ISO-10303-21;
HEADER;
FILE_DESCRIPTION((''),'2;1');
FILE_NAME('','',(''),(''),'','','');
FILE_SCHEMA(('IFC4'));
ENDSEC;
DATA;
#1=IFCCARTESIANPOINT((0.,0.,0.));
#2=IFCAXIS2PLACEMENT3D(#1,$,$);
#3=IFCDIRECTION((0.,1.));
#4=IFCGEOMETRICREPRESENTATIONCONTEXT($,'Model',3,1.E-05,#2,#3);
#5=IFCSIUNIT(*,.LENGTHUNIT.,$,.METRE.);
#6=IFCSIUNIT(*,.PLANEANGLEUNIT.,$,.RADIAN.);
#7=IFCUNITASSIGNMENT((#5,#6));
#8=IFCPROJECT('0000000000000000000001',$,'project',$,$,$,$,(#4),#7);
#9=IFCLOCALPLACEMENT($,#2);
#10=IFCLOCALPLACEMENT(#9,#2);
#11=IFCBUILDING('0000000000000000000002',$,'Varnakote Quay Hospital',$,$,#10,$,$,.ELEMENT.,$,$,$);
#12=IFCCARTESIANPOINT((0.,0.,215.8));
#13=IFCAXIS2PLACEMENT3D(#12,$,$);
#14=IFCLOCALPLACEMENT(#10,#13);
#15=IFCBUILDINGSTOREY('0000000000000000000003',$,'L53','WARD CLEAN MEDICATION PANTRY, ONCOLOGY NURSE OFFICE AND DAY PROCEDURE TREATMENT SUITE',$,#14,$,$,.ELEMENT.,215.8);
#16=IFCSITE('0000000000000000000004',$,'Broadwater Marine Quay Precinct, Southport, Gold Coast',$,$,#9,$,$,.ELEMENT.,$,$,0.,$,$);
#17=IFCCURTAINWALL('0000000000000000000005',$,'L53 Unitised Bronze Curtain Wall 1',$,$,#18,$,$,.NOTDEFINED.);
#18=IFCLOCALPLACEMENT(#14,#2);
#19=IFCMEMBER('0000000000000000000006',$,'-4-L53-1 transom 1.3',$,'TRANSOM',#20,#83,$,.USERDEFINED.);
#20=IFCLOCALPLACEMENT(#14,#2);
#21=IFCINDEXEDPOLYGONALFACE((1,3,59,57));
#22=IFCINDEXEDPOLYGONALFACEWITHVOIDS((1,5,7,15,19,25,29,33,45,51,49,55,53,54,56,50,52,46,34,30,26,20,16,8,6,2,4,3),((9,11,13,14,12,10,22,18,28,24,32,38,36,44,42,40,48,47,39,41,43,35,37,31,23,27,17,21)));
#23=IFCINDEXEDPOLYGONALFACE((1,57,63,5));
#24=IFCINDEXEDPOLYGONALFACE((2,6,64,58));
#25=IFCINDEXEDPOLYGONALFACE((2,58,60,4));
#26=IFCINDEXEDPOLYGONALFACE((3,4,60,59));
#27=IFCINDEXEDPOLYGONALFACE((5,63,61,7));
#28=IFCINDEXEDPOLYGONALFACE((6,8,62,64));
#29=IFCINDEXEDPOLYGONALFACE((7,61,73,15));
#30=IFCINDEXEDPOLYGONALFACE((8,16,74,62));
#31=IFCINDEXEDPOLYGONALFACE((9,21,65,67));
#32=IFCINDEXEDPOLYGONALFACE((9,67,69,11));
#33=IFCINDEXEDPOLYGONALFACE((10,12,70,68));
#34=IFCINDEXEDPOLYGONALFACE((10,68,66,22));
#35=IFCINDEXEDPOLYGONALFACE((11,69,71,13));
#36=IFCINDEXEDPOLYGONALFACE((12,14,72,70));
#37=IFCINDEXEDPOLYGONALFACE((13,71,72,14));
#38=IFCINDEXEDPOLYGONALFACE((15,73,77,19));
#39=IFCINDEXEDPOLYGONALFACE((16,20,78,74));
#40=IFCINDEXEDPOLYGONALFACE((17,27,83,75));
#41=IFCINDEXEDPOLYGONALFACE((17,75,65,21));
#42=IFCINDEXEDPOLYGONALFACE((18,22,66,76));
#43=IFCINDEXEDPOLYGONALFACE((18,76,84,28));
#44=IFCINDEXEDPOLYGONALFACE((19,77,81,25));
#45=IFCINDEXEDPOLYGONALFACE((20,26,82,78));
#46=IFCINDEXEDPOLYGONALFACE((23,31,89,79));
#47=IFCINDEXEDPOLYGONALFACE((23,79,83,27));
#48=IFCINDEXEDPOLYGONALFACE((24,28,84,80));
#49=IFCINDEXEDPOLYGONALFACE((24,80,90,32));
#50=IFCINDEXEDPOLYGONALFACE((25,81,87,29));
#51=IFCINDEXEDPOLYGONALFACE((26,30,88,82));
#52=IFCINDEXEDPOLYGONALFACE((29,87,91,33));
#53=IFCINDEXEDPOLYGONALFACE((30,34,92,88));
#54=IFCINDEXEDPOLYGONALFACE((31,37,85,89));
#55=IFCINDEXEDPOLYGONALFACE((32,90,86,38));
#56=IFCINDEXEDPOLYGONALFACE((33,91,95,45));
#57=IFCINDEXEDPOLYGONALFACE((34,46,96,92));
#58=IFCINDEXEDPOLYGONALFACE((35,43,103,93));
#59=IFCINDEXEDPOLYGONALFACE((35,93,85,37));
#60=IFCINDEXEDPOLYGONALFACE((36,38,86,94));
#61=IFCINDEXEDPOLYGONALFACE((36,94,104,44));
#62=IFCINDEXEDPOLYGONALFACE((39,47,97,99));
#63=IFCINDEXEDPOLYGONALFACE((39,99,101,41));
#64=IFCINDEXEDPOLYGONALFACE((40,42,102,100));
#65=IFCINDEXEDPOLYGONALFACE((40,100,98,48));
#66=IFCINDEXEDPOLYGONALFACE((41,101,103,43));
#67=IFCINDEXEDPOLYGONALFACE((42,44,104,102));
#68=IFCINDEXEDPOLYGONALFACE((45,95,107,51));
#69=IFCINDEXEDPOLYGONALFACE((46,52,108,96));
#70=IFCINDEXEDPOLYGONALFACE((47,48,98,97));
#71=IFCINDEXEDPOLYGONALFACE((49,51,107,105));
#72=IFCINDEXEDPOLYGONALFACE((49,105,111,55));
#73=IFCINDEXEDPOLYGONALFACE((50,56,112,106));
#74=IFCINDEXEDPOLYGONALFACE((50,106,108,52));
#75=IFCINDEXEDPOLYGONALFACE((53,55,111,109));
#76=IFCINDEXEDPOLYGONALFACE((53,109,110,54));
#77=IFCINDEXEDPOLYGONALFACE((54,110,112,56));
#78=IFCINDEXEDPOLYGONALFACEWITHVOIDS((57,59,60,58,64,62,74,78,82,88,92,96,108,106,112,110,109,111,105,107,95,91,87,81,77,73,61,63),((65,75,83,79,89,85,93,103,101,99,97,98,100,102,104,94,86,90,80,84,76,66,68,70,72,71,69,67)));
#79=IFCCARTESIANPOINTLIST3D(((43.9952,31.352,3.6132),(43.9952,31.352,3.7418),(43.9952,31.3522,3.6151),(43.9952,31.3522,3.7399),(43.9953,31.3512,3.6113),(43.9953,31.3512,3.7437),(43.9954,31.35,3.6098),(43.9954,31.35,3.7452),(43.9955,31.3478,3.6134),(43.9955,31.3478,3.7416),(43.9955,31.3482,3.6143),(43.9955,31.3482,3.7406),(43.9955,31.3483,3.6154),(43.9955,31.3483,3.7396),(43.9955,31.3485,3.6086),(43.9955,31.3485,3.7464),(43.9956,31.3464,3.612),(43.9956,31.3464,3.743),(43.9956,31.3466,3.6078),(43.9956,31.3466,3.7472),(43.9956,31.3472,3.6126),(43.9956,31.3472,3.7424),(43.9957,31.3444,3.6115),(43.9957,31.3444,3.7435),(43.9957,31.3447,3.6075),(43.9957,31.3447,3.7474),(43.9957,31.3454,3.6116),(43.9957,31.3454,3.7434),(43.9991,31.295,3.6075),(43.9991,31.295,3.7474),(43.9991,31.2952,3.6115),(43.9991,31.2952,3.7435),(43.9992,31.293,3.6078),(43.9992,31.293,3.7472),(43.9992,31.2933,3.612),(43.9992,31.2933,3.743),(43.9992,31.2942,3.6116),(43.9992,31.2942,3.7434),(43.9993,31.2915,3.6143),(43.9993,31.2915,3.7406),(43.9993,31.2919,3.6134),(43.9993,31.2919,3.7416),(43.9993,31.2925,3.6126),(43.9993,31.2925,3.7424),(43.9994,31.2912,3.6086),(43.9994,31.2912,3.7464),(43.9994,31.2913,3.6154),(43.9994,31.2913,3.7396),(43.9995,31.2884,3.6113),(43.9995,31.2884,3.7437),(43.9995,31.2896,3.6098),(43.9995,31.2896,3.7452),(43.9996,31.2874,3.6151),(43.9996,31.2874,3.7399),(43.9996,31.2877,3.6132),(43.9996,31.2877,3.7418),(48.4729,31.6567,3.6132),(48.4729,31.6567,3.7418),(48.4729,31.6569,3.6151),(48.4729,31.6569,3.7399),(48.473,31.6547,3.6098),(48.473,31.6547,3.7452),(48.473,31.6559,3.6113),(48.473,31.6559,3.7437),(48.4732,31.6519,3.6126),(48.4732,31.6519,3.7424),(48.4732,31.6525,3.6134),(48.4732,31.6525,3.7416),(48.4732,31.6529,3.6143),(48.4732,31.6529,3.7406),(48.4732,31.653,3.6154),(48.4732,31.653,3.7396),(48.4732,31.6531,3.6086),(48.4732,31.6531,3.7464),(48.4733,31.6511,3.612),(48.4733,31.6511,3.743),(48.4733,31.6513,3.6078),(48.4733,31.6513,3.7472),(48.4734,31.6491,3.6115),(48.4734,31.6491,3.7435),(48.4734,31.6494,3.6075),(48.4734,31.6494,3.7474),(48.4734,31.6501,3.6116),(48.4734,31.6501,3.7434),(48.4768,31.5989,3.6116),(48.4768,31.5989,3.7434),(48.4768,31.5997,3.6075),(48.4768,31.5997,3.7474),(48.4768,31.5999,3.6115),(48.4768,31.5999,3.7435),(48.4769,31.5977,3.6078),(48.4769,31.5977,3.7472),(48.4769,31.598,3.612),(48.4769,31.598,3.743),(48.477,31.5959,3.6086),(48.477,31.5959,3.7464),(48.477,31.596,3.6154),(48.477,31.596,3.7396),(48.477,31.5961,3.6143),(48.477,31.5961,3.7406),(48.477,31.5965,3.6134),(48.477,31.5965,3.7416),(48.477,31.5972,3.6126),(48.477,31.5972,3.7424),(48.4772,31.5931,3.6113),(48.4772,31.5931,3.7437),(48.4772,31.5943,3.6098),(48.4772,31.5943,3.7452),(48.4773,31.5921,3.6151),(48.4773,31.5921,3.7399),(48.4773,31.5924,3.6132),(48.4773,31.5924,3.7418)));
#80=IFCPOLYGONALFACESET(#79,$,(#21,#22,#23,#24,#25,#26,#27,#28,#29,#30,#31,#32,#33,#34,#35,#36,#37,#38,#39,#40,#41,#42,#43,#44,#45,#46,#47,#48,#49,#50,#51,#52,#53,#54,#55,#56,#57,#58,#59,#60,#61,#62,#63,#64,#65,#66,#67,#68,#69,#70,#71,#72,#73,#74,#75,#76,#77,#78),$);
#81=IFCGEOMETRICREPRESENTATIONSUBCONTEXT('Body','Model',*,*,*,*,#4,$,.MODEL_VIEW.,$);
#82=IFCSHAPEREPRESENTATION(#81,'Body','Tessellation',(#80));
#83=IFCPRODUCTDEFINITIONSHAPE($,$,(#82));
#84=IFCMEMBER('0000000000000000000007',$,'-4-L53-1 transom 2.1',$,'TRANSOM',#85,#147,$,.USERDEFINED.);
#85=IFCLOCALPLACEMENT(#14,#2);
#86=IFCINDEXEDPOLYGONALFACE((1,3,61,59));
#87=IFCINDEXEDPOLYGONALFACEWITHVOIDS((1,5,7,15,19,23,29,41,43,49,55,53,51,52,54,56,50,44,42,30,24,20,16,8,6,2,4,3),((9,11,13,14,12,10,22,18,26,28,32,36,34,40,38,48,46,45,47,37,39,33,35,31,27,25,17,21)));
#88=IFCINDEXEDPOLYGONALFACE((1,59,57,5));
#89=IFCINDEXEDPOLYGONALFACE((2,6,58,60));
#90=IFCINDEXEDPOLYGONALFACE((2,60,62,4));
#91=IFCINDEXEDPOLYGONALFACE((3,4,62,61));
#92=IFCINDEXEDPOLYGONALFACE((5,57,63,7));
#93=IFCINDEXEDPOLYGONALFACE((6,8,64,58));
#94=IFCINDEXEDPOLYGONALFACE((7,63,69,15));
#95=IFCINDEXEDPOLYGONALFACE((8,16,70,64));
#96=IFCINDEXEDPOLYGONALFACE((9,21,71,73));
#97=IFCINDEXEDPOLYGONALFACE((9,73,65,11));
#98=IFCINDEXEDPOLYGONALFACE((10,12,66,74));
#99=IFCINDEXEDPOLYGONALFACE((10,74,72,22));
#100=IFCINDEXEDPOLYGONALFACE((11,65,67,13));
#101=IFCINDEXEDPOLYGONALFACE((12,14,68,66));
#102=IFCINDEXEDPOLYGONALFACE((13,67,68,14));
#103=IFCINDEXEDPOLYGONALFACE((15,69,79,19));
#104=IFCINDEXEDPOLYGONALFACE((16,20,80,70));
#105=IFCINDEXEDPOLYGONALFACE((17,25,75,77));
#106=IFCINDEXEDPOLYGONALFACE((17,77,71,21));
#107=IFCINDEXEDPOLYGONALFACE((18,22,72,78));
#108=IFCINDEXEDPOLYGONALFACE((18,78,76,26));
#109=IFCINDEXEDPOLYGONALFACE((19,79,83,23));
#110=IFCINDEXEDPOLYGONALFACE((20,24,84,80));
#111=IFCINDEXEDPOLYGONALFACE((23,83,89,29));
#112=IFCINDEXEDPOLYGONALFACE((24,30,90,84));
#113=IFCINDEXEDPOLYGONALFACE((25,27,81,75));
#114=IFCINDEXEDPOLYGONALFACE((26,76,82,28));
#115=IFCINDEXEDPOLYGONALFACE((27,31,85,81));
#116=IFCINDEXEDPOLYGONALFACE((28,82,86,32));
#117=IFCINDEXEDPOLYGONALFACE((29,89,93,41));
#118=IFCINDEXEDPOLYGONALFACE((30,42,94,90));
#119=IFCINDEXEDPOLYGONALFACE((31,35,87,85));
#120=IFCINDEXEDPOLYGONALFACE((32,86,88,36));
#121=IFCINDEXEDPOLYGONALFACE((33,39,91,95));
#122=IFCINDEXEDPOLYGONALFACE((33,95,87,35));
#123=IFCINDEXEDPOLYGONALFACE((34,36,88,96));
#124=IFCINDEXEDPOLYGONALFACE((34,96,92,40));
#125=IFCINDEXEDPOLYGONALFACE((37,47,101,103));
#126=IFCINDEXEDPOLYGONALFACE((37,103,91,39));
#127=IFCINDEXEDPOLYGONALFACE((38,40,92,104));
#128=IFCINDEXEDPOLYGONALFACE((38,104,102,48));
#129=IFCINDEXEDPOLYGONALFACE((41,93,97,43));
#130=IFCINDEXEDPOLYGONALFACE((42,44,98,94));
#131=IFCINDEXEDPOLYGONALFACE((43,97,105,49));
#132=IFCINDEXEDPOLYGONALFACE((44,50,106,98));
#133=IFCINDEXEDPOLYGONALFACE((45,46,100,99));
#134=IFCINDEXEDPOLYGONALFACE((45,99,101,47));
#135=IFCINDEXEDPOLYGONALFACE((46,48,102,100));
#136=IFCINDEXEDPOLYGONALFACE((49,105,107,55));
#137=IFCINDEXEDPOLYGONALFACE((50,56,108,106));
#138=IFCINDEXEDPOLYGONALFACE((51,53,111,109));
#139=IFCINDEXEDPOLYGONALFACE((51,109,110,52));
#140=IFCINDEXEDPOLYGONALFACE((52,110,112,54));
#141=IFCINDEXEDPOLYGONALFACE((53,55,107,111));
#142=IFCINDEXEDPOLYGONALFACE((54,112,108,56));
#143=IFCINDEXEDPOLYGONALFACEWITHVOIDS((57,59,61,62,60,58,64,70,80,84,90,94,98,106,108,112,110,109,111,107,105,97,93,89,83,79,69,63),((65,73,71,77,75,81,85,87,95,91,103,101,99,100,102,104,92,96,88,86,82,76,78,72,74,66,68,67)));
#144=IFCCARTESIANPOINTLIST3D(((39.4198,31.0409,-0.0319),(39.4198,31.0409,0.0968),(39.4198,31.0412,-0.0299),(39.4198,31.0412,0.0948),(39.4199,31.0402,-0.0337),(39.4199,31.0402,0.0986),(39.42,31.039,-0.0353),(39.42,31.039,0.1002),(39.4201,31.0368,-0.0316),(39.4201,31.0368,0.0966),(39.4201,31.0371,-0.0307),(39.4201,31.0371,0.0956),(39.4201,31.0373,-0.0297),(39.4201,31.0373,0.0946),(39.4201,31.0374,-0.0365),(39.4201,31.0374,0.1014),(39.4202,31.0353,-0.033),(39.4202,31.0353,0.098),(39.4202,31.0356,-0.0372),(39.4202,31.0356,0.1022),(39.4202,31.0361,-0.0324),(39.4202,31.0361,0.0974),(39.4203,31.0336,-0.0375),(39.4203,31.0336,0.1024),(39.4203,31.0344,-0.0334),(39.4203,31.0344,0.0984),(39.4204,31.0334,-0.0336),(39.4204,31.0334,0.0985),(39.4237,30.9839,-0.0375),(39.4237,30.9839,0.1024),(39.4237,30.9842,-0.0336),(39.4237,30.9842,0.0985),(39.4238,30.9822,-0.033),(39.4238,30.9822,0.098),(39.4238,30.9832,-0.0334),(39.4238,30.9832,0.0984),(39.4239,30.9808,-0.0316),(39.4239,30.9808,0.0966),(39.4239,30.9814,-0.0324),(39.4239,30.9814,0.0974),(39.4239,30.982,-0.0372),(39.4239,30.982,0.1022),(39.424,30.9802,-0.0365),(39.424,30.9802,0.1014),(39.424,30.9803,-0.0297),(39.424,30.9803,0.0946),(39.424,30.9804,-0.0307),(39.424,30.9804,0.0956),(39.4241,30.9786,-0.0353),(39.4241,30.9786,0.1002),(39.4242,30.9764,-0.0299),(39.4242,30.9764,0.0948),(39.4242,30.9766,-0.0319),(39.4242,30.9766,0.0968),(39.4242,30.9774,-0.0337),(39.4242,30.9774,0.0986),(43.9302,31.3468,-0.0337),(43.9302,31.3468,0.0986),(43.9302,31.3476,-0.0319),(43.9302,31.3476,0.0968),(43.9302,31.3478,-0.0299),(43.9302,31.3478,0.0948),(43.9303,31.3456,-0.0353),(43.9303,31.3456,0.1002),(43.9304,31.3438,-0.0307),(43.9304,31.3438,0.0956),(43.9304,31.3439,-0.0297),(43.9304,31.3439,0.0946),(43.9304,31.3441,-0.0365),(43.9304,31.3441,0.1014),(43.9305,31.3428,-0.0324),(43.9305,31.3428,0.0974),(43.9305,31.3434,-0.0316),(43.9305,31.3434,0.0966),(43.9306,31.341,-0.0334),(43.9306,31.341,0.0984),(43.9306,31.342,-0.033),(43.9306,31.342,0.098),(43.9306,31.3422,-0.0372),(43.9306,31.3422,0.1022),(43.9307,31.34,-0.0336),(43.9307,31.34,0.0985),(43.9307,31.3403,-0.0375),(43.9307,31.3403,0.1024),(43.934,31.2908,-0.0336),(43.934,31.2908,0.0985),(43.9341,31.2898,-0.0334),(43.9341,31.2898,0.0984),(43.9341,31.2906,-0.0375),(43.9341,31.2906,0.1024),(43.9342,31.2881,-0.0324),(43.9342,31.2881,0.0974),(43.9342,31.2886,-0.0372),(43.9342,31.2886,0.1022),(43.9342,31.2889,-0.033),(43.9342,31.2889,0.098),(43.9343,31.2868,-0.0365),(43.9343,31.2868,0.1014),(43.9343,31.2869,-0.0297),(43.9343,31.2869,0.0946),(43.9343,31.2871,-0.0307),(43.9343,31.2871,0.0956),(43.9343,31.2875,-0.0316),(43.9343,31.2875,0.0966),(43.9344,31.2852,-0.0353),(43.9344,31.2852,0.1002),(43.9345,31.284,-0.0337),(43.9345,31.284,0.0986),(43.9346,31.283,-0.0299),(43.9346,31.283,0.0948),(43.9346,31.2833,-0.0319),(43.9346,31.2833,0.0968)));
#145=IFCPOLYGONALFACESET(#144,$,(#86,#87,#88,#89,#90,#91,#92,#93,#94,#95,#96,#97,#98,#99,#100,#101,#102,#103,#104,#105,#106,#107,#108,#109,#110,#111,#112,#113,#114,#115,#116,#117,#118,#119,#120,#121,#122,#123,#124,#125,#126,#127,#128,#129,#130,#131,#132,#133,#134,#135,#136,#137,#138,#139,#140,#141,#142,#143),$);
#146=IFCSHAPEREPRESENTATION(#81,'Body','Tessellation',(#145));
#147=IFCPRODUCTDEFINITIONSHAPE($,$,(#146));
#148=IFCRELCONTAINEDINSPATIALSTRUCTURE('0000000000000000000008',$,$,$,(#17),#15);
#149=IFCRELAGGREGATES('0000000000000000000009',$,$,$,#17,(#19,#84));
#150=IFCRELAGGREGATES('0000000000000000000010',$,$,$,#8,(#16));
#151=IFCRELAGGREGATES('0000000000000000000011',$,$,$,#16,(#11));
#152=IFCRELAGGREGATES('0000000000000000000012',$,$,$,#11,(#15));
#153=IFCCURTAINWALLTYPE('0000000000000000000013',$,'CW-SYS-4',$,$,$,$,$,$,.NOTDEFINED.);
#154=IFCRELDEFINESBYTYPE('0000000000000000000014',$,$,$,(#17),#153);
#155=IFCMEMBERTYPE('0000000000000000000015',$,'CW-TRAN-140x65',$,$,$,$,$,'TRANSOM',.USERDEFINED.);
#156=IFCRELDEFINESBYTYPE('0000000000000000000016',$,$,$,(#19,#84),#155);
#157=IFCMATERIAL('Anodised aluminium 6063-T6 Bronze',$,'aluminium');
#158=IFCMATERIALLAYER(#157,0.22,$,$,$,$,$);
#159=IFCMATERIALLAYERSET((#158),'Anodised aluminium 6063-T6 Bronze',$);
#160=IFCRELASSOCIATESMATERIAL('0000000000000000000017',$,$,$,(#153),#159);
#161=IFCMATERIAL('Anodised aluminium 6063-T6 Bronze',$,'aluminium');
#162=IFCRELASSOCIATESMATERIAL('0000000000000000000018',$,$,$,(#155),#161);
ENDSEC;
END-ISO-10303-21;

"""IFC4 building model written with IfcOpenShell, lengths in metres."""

from ifc_helpers import new_model, si_unit, direction, frame, origin, origin_2d, place, context, subcontext, project, spatial, hollow_rectangle, extrude, material, layer, layer_set, material_profile, profile_set, type_object, element, aggregate, save


model = new_model("IFC4")

# Units and contexts
model_context = context("Model", 3, precision=1e-05, world=origin(), true_north=direction((0.0, 1.0)))
body_context = subcontext(model_context, "Body", "Model", "MODEL_VIEW")
ifc_project = project(units=[si_unit("LENGTHUNIT", "METRE"), si_unit("PLANEANGLEUNIT", "RADIAN")], contexts=[model_context])

# Site, building, storey
site_placement = place(None, origin())
site = spatial("IfcSite", under=ifc_project, at=site_placement, Name="Broadwater Marine Quay Precinct, Southport, Gold Coast", CompositionType="ELEMENT", RefElevation=0.0)
building_placement = place(site_placement, origin())
building = spatial("IfcBuilding", under=site, at=building_placement, Name="Varnakote Quay Hospital", CompositionType="ELEMENT")
storey_placement = place(building_placement, frame((0.0, 0.0, 215.8)))
storey = spatial("IfcBuildingStorey", under=building, at=storey_placement, Name="L53", Description="WARD CLEAN MEDICATION PANTRY, ONCOLOGY NURSE OFFICE AND DAY PROCEDURE TREATMENT SUITE", CompositionType="ELEMENT", Elevation=215.8)

# Curtain wall, members
ifc_material_1 = material(Name="Anodised aluminium 6063-T6 Bronze", Category="aluminium")
ifc_layer_1 = layer(ifc_material_1, 0.22)
ifc_layer_set_1 = layer_set([ifc_layer_1], Name="Anodised aluminium 6063-T6 Bronze")
curtain_wall_type = type_object("IfcCurtainWallType", Name="CW-SYS-4", PredefinedType="NOTDEFINED", material=ifc_layer_set_1)
curtain_wall_placement = place(storey_placement, origin())
curtain_wall = element("IfcCurtainWall", 1, at=curtain_wall_placement, inside=storey, type_object=curtain_wall_type, Name="L53 Unitised Bronze Curtain Wall 1", PredefinedType="NOTDEFINED")
ifc_material_2 = material(Name="Anodised aluminium 6063-T6 Bronze", Category="aluminium")
ifc_material_profile_1 = material_profile(ifc_material_2, hollow_rectangle(XDim=0.0649, YDim=0.1399, WallThickness=0.0039, InnerFilletRadius=0.0039, OuterFilletRadius=0.0076, at=origin_2d()), Name="CW-TRAN-140x65")
ifc_profile_set_1 = profile_set([ifc_material_profile_1], Name="Anodised aluminium 6063-T6 Bronze")
member_type_1 = type_object("IfcMemberType", Name="CW-TRAN-140x65", ElementType="TRANSOM", PredefinedType="USERDEFINED", material=ifc_profile_set_1)
member_1_placement = place(storey_placement, frame((48.4751, 31.6245, 3.6775), z_axis=(-0.997693, -0.067887, 0.0), x_axis=(0.067887, -0.997693, 0.0)))
member_1 = element("IfcMember", 2, at=member_1_placement, type_object=member_type_1, Name="-4-L53-1 transom 1.3", ObjectType="TRANSOM", PredefinedType="USERDEFINED", context=body_context, shape_type="SweptSolid", body=[
    extrude(hollow_rectangle(XDim=0.0649, YDim=0.1399, WallThickness=0.0039, InnerFilletRadius=0.0039, OuterFilletRadius=0.0076, at=origin_2d()), origin(), (0.0, 0.0, 1.0), 4.488),
])
member_2_placement = place(storey_placement, frame((43.9324, 31.3154, 0.0325), z_axis=(-0.997697, -0.067831, 0.0), x_axis=(0.067831, -0.997697, 0.0)))
member_2 = element("IfcMember", 3, at=member_2_placement, type_object=member_type_1, Name="-4-L53-1 transom 2.1", ObjectType="TRANSOM", PredefinedType="USERDEFINED", context=body_context, shape_type="SweptSolid", body=[
    extrude(hollow_rectangle(XDim=0.0649, YDim=0.1399, WallThickness=0.0039, InnerFilletRadius=0.0039, OuterFilletRadius=0.0076, at=origin_2d()), origin(), (0.0, 0.0, 1.0), 4.5208),
])
aggregate(curtain_wall, [member_1, member_2])

save(model, "model.ifc")
